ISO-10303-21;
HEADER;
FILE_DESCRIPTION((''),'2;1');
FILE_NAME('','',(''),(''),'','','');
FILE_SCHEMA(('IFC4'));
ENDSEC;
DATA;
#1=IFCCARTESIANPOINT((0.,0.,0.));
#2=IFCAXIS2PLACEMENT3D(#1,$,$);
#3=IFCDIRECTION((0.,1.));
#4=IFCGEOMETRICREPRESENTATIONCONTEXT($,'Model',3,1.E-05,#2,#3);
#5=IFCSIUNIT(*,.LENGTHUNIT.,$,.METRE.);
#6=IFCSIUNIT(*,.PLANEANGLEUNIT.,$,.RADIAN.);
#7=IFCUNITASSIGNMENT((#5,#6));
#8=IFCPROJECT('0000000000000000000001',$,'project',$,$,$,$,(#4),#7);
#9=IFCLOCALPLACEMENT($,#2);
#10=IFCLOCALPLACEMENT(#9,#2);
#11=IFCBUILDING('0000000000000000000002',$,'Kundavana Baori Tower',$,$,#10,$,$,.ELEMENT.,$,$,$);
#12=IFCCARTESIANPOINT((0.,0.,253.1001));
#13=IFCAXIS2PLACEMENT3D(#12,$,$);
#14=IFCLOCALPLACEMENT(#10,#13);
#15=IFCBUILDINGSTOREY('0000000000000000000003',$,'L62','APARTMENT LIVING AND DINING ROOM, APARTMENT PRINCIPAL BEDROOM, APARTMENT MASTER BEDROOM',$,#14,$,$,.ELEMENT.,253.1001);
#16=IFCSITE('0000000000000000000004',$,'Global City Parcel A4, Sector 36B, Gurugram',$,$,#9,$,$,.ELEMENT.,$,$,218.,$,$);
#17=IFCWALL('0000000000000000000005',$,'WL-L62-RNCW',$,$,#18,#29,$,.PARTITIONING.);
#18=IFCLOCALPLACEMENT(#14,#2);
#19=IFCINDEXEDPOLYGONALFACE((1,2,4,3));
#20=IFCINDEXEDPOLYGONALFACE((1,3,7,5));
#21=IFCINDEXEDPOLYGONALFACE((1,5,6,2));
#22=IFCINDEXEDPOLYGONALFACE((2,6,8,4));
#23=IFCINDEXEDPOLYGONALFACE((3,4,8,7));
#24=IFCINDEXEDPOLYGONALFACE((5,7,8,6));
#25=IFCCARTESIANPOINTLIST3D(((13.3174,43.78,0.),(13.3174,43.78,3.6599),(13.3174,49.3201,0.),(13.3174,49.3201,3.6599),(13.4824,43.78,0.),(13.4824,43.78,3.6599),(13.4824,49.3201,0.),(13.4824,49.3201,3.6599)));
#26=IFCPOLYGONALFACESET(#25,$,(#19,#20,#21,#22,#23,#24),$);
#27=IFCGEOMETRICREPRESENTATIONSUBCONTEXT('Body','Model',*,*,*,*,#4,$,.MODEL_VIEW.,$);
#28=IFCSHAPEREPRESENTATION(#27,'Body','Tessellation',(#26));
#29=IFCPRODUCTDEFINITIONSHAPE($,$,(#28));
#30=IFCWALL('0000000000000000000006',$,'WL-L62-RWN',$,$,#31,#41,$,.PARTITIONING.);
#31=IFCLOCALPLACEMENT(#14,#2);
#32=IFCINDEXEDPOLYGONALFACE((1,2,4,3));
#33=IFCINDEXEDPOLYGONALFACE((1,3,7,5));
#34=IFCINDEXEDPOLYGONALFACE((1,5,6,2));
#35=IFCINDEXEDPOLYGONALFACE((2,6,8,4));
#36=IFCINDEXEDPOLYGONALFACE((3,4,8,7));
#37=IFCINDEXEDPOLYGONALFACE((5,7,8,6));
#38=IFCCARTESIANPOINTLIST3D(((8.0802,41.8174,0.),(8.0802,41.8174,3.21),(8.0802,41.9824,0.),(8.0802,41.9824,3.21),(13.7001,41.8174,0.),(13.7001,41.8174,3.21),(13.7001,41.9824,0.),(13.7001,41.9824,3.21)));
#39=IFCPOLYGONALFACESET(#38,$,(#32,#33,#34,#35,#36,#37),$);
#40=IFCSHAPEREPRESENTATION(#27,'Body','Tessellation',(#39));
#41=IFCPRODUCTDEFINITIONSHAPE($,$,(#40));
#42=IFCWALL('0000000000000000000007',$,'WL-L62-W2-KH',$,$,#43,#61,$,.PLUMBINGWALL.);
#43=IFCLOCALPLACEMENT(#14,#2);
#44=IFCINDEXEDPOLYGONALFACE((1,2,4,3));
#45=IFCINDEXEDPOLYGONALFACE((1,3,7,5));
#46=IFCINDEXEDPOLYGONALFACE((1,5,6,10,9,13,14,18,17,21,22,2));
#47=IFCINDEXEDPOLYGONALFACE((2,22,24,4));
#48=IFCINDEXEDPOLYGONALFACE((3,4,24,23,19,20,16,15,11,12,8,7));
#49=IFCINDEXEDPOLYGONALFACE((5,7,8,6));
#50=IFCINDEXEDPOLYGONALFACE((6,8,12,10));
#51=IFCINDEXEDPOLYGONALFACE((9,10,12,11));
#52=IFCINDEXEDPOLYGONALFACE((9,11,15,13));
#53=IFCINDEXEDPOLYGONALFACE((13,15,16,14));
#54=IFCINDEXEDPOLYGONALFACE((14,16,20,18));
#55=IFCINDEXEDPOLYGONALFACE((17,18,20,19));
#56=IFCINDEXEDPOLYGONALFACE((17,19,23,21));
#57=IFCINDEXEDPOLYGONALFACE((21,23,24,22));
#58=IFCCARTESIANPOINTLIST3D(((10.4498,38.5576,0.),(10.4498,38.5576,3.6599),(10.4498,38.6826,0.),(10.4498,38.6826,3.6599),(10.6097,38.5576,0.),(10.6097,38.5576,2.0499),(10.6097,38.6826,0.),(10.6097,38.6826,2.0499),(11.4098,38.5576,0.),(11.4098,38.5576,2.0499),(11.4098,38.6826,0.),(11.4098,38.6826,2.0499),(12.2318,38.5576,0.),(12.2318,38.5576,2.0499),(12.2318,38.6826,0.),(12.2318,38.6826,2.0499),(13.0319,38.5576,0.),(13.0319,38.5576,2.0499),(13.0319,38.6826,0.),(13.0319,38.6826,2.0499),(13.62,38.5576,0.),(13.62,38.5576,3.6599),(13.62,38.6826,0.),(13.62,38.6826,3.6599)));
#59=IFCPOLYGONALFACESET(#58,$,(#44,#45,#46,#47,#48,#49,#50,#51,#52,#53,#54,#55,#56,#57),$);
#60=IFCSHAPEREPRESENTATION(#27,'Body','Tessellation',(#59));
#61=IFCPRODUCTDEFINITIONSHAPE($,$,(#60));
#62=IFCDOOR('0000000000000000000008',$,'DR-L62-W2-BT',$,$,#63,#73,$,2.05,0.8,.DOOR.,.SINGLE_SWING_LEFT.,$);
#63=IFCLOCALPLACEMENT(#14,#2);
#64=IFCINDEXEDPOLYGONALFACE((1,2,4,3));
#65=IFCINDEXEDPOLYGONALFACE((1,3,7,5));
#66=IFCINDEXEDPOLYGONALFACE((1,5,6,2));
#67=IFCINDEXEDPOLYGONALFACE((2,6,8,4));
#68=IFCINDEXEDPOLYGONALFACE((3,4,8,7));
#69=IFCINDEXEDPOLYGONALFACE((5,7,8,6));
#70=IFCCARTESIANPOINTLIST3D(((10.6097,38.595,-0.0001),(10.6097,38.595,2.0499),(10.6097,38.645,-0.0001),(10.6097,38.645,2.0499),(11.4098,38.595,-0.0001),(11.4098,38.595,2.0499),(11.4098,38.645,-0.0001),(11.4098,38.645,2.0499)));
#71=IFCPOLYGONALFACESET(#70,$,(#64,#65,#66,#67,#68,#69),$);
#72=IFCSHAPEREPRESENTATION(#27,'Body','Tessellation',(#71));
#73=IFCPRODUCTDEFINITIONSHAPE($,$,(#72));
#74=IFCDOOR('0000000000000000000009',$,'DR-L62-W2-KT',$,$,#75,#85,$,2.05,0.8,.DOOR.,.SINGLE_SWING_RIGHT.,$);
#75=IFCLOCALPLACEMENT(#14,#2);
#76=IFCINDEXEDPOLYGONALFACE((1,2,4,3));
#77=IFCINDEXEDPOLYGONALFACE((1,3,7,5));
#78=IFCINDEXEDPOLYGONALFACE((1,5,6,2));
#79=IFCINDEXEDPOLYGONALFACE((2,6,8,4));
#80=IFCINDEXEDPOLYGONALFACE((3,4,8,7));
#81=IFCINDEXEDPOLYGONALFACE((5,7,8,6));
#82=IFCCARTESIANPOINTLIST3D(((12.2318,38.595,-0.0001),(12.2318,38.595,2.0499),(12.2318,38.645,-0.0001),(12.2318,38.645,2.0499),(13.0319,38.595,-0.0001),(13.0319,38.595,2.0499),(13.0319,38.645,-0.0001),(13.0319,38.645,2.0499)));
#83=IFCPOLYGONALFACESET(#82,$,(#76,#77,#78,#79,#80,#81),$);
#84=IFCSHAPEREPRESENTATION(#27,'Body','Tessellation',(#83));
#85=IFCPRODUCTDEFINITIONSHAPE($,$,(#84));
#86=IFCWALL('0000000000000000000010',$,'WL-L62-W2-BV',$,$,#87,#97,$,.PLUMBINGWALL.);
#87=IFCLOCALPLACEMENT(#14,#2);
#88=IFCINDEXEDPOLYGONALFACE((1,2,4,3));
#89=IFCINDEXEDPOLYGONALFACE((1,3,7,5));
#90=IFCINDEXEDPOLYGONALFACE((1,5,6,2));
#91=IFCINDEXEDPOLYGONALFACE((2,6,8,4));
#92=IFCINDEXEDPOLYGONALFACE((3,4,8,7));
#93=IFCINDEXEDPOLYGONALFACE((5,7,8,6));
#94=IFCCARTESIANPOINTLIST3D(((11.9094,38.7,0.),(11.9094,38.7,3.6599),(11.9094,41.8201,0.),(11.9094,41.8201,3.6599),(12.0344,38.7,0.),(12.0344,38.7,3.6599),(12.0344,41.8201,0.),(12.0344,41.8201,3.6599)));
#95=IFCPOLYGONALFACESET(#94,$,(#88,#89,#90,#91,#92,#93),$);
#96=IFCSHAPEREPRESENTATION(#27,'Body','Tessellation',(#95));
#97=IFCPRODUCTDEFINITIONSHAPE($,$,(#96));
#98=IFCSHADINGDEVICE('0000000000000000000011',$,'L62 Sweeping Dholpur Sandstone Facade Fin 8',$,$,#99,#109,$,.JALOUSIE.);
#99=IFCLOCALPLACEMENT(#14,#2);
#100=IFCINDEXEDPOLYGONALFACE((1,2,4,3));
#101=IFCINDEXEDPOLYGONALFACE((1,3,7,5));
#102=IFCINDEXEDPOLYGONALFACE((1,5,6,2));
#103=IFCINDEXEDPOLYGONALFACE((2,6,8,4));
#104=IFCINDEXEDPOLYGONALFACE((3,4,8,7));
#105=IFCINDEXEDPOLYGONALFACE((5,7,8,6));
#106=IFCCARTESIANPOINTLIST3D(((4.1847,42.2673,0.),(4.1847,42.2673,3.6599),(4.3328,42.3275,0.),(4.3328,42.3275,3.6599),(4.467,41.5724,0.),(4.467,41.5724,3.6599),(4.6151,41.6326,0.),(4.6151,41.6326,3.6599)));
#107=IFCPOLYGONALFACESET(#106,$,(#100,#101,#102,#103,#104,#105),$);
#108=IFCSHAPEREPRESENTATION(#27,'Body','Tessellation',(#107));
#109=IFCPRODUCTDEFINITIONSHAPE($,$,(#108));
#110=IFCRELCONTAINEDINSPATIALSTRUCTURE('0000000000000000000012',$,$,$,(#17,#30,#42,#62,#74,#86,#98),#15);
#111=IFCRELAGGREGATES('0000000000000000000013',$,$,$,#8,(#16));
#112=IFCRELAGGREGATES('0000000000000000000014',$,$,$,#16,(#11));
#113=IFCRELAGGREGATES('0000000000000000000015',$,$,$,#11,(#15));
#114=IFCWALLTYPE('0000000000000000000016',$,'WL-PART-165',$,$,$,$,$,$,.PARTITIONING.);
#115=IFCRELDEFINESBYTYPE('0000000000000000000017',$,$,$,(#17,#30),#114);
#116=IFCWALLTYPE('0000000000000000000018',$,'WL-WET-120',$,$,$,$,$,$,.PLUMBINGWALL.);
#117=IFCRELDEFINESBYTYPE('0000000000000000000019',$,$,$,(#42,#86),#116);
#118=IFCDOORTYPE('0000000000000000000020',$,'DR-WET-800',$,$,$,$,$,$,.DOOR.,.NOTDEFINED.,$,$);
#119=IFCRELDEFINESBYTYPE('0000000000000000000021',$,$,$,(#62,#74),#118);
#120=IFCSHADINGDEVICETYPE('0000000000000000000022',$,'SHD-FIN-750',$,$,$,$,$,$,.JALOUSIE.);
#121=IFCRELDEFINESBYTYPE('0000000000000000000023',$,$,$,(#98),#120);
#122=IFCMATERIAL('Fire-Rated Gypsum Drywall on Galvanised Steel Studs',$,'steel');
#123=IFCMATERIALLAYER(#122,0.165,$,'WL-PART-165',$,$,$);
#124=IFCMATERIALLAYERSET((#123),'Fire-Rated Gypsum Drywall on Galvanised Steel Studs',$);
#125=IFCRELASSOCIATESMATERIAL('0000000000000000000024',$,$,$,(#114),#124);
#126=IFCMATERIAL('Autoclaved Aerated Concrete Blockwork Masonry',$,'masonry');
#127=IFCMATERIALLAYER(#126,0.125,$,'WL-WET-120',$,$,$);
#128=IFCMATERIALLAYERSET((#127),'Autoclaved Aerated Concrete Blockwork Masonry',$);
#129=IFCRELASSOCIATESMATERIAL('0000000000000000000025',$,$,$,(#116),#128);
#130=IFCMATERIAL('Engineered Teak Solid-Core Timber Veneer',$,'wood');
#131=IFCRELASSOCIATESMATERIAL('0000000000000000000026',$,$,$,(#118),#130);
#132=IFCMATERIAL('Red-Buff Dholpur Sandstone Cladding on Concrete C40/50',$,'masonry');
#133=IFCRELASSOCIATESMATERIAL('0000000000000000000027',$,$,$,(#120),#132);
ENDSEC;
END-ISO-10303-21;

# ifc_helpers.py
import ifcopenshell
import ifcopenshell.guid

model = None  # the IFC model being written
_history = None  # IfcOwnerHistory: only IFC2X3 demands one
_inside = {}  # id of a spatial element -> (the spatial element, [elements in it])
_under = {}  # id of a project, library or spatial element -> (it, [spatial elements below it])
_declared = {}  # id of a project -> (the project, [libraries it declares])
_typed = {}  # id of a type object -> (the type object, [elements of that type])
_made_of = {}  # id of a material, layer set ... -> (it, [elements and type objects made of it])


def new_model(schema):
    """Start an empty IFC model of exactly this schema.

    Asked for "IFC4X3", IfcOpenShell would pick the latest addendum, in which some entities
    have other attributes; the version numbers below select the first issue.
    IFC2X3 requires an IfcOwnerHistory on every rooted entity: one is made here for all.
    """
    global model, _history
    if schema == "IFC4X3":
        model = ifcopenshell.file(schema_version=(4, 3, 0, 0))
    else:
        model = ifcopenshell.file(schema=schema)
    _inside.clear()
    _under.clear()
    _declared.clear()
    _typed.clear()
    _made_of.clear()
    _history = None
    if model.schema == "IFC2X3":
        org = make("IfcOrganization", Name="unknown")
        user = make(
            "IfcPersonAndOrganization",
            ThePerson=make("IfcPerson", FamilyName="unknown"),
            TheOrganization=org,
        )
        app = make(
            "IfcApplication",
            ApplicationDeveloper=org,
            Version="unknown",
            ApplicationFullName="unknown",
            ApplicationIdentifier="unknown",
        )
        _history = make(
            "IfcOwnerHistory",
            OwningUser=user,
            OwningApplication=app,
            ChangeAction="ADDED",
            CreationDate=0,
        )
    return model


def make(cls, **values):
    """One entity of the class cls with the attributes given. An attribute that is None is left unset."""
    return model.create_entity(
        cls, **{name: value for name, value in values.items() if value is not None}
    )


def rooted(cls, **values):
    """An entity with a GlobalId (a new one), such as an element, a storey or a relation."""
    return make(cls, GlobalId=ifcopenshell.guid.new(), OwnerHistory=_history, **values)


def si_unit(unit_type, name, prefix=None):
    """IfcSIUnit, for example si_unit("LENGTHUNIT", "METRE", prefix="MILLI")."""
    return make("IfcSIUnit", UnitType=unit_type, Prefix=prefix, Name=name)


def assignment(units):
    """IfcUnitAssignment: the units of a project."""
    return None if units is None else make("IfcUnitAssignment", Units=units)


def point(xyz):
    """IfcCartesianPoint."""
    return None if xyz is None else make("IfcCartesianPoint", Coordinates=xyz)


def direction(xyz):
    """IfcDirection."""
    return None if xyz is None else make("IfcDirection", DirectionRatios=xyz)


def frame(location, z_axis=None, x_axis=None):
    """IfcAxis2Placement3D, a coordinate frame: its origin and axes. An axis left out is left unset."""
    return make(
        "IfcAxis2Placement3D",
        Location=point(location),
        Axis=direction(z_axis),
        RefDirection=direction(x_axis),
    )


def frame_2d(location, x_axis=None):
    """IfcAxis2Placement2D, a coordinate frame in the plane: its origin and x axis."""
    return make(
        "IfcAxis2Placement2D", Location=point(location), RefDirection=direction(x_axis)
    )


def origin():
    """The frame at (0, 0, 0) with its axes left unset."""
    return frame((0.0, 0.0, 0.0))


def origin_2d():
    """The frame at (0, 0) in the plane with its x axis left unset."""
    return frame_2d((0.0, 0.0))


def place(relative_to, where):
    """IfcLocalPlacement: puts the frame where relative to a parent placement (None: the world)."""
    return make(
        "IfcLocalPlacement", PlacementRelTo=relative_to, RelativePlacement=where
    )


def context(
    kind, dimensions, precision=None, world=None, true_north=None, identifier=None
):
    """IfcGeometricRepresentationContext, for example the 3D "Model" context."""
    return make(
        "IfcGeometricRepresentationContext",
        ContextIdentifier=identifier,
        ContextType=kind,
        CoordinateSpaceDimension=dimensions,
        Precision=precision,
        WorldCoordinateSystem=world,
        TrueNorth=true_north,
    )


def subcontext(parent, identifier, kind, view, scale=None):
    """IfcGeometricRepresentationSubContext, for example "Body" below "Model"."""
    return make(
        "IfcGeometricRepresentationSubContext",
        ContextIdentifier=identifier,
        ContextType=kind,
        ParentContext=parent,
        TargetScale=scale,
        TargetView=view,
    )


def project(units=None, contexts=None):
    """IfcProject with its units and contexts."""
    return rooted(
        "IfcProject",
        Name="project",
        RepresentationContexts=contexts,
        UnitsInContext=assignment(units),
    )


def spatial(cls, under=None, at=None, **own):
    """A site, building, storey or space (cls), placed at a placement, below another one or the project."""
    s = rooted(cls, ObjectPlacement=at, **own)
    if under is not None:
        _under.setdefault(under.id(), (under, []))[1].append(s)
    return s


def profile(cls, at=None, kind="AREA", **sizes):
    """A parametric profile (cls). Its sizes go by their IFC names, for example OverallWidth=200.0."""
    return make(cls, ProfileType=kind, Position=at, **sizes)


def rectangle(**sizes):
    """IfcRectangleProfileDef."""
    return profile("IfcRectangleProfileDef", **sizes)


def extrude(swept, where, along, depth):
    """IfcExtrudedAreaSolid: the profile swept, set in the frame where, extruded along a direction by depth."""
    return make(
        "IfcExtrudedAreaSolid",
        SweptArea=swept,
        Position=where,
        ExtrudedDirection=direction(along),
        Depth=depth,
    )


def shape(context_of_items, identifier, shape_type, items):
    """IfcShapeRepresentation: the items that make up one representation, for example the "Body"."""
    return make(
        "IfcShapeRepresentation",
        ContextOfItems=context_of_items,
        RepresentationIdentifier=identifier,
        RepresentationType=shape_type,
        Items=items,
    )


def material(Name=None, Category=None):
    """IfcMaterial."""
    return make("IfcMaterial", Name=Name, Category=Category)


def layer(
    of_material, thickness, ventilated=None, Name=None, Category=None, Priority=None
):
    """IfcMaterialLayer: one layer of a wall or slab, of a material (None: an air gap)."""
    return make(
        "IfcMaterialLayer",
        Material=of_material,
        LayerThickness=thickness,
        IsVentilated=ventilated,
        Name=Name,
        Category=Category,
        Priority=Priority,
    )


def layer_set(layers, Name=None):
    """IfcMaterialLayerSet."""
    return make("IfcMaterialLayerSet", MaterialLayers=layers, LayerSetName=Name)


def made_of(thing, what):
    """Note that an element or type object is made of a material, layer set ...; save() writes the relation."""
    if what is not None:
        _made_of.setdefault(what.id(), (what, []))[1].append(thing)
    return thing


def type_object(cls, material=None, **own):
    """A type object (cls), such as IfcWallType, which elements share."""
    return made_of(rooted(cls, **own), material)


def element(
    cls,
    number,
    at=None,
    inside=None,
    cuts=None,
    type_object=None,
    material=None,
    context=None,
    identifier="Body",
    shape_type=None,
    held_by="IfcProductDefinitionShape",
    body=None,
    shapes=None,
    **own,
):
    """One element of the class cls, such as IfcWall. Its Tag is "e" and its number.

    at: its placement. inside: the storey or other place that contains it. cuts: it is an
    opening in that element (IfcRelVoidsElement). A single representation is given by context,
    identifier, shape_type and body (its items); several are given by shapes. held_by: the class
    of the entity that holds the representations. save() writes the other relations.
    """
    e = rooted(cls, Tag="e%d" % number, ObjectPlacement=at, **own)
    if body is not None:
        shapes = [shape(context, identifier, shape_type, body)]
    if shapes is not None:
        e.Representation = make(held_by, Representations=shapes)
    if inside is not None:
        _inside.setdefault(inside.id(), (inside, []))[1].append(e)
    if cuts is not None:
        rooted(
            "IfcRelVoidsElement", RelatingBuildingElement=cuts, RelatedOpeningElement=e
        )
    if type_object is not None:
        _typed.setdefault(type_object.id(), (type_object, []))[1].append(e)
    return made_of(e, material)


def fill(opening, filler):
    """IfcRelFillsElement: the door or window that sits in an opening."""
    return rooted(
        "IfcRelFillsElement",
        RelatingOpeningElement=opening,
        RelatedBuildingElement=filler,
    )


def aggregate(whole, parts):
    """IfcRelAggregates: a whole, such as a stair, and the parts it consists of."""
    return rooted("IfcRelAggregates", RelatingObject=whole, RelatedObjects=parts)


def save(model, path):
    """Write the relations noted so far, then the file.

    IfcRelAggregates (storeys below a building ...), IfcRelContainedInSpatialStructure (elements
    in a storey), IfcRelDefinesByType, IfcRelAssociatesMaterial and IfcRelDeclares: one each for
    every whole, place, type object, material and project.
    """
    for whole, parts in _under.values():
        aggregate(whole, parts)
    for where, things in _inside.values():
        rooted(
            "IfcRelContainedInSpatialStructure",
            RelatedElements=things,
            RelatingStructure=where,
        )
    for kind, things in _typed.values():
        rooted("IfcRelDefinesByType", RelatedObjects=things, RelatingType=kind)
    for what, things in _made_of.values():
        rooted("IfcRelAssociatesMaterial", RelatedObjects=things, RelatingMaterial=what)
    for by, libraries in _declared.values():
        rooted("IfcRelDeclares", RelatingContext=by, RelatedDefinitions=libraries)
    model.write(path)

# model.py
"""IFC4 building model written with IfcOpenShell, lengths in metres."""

from ifc_helpers import new_model, si_unit, direction, frame, frame_2d, origin, origin_2d, place, context, subcontext, project, spatial, rectangle, extrude, material, layer, layer_set, type_object, element, fill, save


model = new_model("IFC4")

# Units and contexts
model_context = context("Model", 3, precision=1e-05, world=origin(), true_north=direction((0.0, 1.0)))
body_context = subcontext(model_context, "Body", "Model", "MODEL_VIEW")
ifc_project = project(units=[si_unit("LENGTHUNIT", "METRE"), si_unit("PLANEANGLEUNIT", "RADIAN")], contexts=[model_context])

# Site, building, storey
site_placement = place(None, origin())
site = spatial("IfcSite", under=ifc_project, at=site_placement, Name="Global City Parcel A4, Sector 36B, Gurugram", CompositionType="ELEMENT", RefElevation=218.0)
building_placement = place(site_placement, origin())
building = spatial("IfcBuilding", under=site, at=building_placement, Name="Kundavana Baori Tower", CompositionType="ELEMENT")
storey_placement = place(building_placement, frame((0.0, 0.0, 253.1001)))
storey = spatial("IfcBuildingStorey", under=building, at=storey_placement, Name="L62", Description="APARTMENT LIVING AND DINING ROOM, APARTMENT PRINCIPAL BEDROOM, APARTMENT MASTER BEDROOM", CompositionType="ELEMENT", Elevation=253.1001)

# Shared definitions
ifc_material_1 = material(Name="Fire-Rated Gypsum Drywall on Galvanised Steel Studs", Category="steel")
ifc_layer_1 = layer(ifc_material_1, 0.165, Name="WL-PART-165")
ifc_layer_set_1 = layer_set([ifc_layer_1], Name="Fire-Rated Gypsum Drywall on Galvanised Steel Studs")
wall_type_1 = type_object("IfcWallType", Name="WL-PART-165", PredefinedType="PARTITIONING", material=ifc_layer_set_1)

# Walls
wall_1_placement = place(storey_placement, frame((13.3999, 43.78, 0.0), z_axis=(0.0, 0.0, 1.0), x_axis=(0.0, 1.0, 0.0)))
element("IfcWall", 1, at=wall_1_placement, inside=storey, type_object=wall_type_1, Name="WL-L62-RNCW", PredefinedType="PARTITIONING", context=body_context, shape_type="SweptSolid", body=[
    extrude(rectangle(XDim=5.54, YDim=0.165, at=frame_2d((2.77, 0.0))), origin(), (0.0, 0.0, 1.0), 3.6599),
])
wall_2_placement = place(storey_placement, frame((8.0801, 41.8999, 0.0), z_axis=(0.0, 0.0, 1.0), x_axis=(1.0, 0.0, 0.0)))
element("IfcWall", 2, at=wall_2_placement, inside=storey, type_object=wall_type_1, Name="WL-L62-RWN", PredefinedType="PARTITIONING", context=body_context, shape_type="SweptSolid", body=[
    extrude(rectangle(XDim=5.6199, YDim=0.165, at=frame_2d((2.8101, 0.0))), origin(), (0.0, 0.0, 1.0), 3.21),
])

# Wall, openings, doors
ifc_material_2 = material(Name="Autoclaved Aerated Concrete Blockwork Masonry", Category="masonry")
ifc_layer_2 = layer(ifc_material_2, 0.125, Name="WL-WET-120")
ifc_layer_set_2 = layer_set([ifc_layer_2], Name="Autoclaved Aerated Concrete Blockwork Masonry")
wall_type_2 = type_object("IfcWallType", Name="WL-WET-120", PredefinedType="PLUMBINGWALL", material=ifc_layer_set_2)
wall_3_placement = place(storey_placement, frame((10.45, 38.6201, 0.0), z_axis=(0.0, 0.0, 1.0), x_axis=(1.0, 0.0, 0.0)))
wall_3 = element("IfcWall", 3, at=wall_3_placement, inside=storey, type_object=wall_type_2, Name="WL-L62-W2-KH", PredefinedType="PLUMBINGWALL", context=body_context, shape_type="SweptSolid", body=[
    extrude(rectangle(XDim=3.1702, YDim=0.125, at=frame_2d((1.585, 0.0))), origin(), (0.0, 0.0, 1.0), 3.6599),
])
opening_1_placement = place(wall_3_placement, frame((0.1599, 0.0, 0.0)))
opening_1 = element("IfcOpeningElement", 4, at=opening_1_placement, cuts=wall_3, PredefinedType="OPENING", context=body_context, shape_type="SweptSolid", body=[
    extrude(rectangle(XDim=0.8, YDim=2.05, at=frame_2d((0.3999, 1.0249))), frame((0.0, 0.0725, 0.0), z_axis=(0.0, -1.0, 0.0), x_axis=(1.0, 0.0, 0.0)), (0.0, 0.0, 1.0), 0.145),
])
opening_2_placement = place(wall_3_placement, frame((1.782, 0.0, 0.0)))
opening_2 = element("IfcOpeningElement", 5, at=opening_2_placement, cuts=wall_3, PredefinedType="OPENING", context=body_context, shape_type="SweptSolid", body=[
    extrude(rectangle(XDim=0.8, YDim=2.05, at=frame_2d((0.3999, 1.0249))), frame((0.0, 0.0725, 0.0), z_axis=(0.0, -1.0, 0.0), x_axis=(1.0, 0.0, 0.0)), (0.0, 0.0, 1.0), 0.145),
])
ifc_material_3 = material(Name="Engineered Teak Solid-Core Timber Veneer", Category="wood")
door_type_1 = type_object("IfcDoorType", Name="DR-WET-800", OperationType="NOTDEFINED", PredefinedType="DOOR", material=ifc_material_3)
door_1_placement = place(opening_1_placement, origin())
door_1 = element("IfcDoor", 6, at=door_1_placement, inside=storey, type_object=door_type_1, Name="DR-L62-W2-BT", OperationType="SINGLE_SWING_LEFT", OverallHeight=2.05, OverallWidth=0.8, PredefinedType="DOOR", context=body_context, shape_type="SweptSolid", body=[
    extrude(rectangle(XDim=0.8, YDim=2.05, at=frame_2d((0.3999, 1.0249))), frame((0.0, 0.0249, 0.0), z_axis=(0.0, -1.0, 0.0), x_axis=(1.0, 0.0, 0.0)), (0.0, 0.0, 1.0), 0.05),
])
fill(opening_1, door_1)
door_2_placement = place(opening_2_placement, origin())
door_2 = element("IfcDoor", 7, at=door_2_placement, inside=storey, type_object=door_type_1, Name="DR-L62-W2-KT", OperationType="SINGLE_SWING_RIGHT", OverallHeight=2.05, OverallWidth=0.8, PredefinedType="DOOR", context=body_context, shape_type="SweptSolid", body=[
    extrude(rectangle(XDim=0.8, YDim=2.05, at=frame_2d((0.3999, 1.0249))), frame((0.0, 0.0249, 0.0), z_axis=(0.0, -1.0, 0.0), x_axis=(1.0, 0.0, 0.0)), (0.0, 0.0, 1.0), 0.05),
])
fill(opening_2, door_2)

# Wall
wall_4_placement = place(storey_placement, frame((11.9719, 38.7, 0.0), z_axis=(0.0, 0.0, 1.0), x_axis=(0.0, 1.0, 0.0)))
element("IfcWall", 8, at=wall_4_placement, inside=storey, type_object=wall_type_2, Name="WL-L62-W2-BV", PredefinedType="PLUMBINGWALL", context=body_context, shape_type="SweptSolid", body=[
    extrude(rectangle(XDim=3.1201, YDim=0.125, at=frame_2d((1.5601, 0.0))), origin(), (0.0, 0.0, 1.0), 3.6599),
])

# Shading device
ifc_material_4 = material(Name="Red-Buff Dholpur Sandstone Cladding on Concrete C40/50", Category="masonry")
shading_device_type = type_object("IfcShadingDeviceType", Name="SHD-FIN-750", PredefinedType="JALOUSIE", material=ifc_material_4)
shading_device_placement = place(storey_placement, frame((4.3999, 41.95, 0.0), z_axis=(0.0, 0.0, 1.0), x_axis=(0.926463, 0.376386, 0.0)))
element("IfcShadingDevice", 9, at=shading_device_placement, inside=storey, type_object=shading_device_type, Name="L62 Sweeping Dholpur Sandstone Facade Fin 8", PredefinedType="JALOUSIE", context=body_context, shape_type="SweptSolid", body=[
    extrude(rectangle(XDim=0.1599, YDim=0.75, at=origin_2d()), origin(), (0.0, 0.0, 1.0), 3.6599),
])

save(model, "model.ifc")
